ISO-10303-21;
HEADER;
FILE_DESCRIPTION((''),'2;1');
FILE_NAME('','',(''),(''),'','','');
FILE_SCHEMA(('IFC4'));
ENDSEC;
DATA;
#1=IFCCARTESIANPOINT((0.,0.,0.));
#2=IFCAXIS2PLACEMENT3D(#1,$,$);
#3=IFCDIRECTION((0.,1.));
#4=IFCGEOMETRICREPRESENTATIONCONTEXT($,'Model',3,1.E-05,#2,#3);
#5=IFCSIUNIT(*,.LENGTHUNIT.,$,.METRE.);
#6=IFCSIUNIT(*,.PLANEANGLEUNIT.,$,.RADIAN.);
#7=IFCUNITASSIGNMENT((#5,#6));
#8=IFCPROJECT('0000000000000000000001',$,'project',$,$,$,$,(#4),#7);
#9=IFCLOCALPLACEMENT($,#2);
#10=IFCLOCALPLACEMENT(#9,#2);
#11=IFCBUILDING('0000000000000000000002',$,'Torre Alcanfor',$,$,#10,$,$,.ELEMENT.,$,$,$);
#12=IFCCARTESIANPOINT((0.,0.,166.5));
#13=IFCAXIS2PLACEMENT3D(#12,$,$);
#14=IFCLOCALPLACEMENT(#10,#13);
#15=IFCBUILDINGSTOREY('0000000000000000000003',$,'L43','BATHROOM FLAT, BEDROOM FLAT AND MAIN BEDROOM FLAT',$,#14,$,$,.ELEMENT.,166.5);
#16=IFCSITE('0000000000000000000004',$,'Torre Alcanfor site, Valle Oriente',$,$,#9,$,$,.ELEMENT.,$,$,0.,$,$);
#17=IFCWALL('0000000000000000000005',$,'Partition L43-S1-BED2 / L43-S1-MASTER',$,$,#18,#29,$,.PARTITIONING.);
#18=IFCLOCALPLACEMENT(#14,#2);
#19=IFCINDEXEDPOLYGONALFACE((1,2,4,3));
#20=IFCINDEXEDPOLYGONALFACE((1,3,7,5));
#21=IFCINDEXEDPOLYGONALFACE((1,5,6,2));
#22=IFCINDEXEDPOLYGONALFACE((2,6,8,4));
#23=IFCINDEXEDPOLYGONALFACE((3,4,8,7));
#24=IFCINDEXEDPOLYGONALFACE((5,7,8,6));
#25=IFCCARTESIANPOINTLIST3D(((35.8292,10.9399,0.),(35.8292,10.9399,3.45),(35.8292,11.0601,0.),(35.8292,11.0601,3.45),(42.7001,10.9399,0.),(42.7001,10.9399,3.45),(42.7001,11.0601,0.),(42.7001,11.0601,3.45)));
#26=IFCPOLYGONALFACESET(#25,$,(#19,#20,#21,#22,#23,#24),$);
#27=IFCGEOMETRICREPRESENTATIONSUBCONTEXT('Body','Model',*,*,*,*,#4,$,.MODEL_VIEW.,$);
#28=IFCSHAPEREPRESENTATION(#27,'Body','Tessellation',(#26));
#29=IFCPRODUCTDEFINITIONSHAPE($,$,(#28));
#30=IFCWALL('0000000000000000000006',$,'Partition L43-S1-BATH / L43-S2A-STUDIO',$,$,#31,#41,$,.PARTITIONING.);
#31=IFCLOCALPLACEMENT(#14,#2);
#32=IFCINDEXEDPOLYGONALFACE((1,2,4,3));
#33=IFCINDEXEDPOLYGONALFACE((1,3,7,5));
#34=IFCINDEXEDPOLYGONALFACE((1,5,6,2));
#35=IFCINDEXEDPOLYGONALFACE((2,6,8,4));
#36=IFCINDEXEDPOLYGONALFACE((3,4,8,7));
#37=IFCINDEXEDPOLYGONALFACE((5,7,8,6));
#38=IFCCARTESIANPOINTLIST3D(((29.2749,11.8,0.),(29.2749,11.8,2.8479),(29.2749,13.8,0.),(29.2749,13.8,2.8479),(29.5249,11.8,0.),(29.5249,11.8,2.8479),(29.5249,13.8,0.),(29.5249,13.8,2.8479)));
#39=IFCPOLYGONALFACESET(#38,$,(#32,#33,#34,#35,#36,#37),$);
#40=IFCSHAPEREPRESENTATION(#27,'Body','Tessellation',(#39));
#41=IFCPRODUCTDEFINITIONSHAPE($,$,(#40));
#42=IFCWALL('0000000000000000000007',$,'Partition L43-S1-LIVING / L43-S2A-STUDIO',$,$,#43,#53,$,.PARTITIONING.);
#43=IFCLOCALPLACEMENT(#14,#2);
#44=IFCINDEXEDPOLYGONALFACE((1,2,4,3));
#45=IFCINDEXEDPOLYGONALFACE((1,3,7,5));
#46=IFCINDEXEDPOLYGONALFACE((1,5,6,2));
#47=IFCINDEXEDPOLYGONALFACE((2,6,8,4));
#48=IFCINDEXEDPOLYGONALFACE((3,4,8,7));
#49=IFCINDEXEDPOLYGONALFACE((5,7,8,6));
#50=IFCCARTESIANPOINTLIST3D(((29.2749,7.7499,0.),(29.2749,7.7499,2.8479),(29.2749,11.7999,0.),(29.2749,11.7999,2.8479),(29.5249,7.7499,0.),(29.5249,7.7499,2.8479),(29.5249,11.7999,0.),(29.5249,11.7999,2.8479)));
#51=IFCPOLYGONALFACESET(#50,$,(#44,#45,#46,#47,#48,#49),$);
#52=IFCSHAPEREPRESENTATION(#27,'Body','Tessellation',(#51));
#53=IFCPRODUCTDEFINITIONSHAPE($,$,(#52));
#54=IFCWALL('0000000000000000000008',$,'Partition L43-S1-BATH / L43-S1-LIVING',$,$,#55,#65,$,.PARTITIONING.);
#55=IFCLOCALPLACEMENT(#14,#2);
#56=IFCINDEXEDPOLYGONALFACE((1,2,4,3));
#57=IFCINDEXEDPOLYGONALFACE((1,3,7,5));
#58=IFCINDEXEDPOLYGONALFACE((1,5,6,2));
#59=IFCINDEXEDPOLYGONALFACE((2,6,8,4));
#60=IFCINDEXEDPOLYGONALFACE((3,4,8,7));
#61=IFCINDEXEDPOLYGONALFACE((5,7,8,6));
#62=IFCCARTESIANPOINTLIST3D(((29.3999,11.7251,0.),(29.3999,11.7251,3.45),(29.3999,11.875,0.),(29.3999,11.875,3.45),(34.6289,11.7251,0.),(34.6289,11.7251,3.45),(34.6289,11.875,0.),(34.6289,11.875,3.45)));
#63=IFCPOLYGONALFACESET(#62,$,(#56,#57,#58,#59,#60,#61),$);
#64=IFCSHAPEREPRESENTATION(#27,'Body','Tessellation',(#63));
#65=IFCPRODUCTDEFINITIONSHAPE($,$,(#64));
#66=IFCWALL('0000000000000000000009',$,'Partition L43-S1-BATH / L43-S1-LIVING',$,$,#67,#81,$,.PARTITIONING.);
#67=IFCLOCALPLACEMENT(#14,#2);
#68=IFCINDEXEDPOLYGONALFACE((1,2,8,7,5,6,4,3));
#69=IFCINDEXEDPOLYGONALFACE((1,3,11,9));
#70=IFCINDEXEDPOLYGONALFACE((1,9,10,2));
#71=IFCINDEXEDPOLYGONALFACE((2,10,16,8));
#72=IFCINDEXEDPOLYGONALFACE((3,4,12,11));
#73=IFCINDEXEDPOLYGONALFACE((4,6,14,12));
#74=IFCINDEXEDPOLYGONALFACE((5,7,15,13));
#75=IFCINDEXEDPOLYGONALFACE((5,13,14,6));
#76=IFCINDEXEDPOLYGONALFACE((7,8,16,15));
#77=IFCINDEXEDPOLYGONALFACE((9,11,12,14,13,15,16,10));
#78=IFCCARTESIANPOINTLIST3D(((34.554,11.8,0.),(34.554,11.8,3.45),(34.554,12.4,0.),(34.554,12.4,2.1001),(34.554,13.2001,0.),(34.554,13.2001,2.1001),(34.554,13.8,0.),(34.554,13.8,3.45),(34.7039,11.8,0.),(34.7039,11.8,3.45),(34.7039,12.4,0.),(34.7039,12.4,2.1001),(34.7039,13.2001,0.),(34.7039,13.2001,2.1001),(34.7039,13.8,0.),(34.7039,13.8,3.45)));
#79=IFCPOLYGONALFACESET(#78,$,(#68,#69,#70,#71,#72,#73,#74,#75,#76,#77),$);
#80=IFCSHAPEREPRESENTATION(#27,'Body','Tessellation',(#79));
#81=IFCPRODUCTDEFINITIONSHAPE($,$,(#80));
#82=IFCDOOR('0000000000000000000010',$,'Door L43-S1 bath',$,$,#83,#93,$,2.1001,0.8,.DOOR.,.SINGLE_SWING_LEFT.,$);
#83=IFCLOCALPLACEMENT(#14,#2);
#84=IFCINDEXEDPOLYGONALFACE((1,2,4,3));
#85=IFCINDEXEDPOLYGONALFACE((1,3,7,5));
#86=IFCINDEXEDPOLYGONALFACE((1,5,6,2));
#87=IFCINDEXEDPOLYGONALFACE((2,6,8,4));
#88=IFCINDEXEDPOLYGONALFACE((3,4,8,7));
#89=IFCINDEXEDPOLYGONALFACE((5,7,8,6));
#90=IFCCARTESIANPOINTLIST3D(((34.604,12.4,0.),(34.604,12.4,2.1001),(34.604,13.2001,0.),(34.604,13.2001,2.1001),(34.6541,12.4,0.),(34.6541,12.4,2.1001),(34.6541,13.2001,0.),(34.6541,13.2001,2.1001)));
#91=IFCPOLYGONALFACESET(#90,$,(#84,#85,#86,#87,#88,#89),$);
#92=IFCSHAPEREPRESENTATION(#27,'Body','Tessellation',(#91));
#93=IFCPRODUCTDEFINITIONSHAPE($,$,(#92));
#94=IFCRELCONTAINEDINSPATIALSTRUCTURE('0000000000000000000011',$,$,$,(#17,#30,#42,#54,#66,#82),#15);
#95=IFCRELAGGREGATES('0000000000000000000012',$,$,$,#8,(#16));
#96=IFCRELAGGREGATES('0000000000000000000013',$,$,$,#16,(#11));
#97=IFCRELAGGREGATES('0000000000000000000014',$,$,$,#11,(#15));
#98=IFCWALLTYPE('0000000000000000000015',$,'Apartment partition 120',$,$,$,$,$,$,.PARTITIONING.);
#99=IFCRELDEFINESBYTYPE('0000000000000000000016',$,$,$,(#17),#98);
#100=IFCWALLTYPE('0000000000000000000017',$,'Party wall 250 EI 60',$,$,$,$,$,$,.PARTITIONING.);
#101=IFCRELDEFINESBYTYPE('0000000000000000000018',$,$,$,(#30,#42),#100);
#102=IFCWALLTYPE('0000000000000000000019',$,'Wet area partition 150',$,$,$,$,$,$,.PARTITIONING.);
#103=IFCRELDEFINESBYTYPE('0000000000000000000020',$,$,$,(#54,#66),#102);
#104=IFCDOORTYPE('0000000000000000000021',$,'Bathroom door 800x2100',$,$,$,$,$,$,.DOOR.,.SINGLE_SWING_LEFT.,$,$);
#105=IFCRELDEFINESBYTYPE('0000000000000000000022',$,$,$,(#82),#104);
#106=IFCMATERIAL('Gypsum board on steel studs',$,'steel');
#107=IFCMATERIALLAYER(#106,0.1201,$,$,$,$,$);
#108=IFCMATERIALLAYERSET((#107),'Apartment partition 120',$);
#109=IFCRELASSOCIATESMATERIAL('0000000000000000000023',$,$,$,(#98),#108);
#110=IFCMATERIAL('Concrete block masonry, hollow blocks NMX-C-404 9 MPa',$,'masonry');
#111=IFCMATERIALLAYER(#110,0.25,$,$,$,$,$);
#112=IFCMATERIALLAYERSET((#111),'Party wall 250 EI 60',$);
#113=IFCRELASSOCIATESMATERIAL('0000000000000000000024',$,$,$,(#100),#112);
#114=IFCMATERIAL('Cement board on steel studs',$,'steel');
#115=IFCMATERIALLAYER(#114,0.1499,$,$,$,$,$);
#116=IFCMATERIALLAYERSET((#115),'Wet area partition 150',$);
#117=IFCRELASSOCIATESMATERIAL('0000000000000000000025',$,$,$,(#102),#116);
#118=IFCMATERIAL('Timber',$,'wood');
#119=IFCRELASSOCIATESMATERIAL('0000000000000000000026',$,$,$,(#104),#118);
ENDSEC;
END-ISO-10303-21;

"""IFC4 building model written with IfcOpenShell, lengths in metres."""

from ifc_helpers import new_model, si_unit, direction, frame, frame_2d, origin, place, context, subcontext, project, spatial, rectangle, extrude, material, layer, layer_set, type_object, element, fill, save


model = new_model("IFC4")

# Units and contexts
model_context = context("Model", 3, precision=1e-05, world=origin(), true_north=direction((0.0, 1.0)))
body_context = subcontext(model_context, "Body", "Model", "MODEL_VIEW")
ifc_project = project(units=[si_unit("LENGTHUNIT", "METRE"), si_unit("PLANEANGLEUNIT", "RADIAN")], contexts=[model_context])

# Site, building, storey
site_placement = place(None, origin())
site = spatial("IfcSite", under=ifc_project, at=site_placement, Name="Torre Alcanfor site, Valle Oriente", CompositionType="ELEMENT", RefElevation=0.0)
building_placement = place(site_placement, origin())
building = spatial("IfcBuilding", under=site, at=building_placement, Name="Torre Alcanfor", CompositionType="ELEMENT")
storey_placement = place(building_placement, frame((0.0, 0.0, 166.5)))
storey = spatial("IfcBuildingStorey", under=building, at=storey_placement, Name="L43", Description="BATHROOM FLAT, BEDROOM FLAT AND MAIN BEDROOM FLAT", CompositionType="ELEMENT", Elevation=166.5)

# Shared definitions
ifc_material_1 = material(Name="Gypsum board on steel studs", Category="steel")
ifc_layer_1 = layer(ifc_material_1, 0.1201)
ifc_layer_set_1 = layer_set([ifc_layer_1], Name="Apartment partition 120")
wall_type_1 = type_object("IfcWallType", Name="Apartment partition 120", PredefinedType="PARTITIONING", material=ifc_layer_set_1)

# Walls
wall_1_placement = place(storey_placement, frame((35.8291, 11.0, 0.0), z_axis=(0.0, 0.0, 1.0), x_axis=(1.0, 0.0, 0.0)))
element("IfcWall", 1, at=wall_1_placement, inside=storey, type_object=wall_type_1, Name="Partition L43-S1-BED2 / L43-S1-MASTER", PredefinedType="PARTITIONING", context=body_context, shape_type="SweptSolid", body=[
    extrude(rectangle(XDim=6.8708, YDim=0.1201, at=frame_2d((3.4355, 0.0))), origin(), (0.0, 0.0, 1.0), 3.45),
])
ifc_material_2 = material(Name="Concrete block masonry, hollow blocks NMX-C-404 9 MPa", Category="masonry")
ifc_layer_2 = layer(ifc_material_2, 0.25)
ifc_layer_set_2 = layer_set([ifc_layer_2], Name="Party wall 250 EI 60")
wall_type_2 = type_object("IfcWallType", Name="Party wall 250 EI 60", PredefinedType="PARTITIONING", material=ifc_layer_set_2)
wall_2_placement = place(storey_placement, frame((29.3999, 13.8, 0.0), z_axis=(0.0, 0.0, 1.0), x_axis=(0.0, -1.0, 0.0)))
element("IfcWall", 2, at=wall_2_placement, inside=storey, type_object=wall_type_2, Name="Partition L43-S1-BATH / L43-S2A-STUDIO", PredefinedType="PARTITIONING", context=body_context, shape_type="SweptSolid", body=[
    extrude(rectangle(XDim=2.0, YDim=0.25, at=frame_2d((1.0, 0.0))), origin(), (0.0, 0.0, 1.0), 2.8479),
])
wall_3_placement = place(storey_placement, frame((29.3999, 7.75, 0.0), z_axis=(0.0, 0.0, 1.0), x_axis=(0.0, 1.0, 0.0)))
element("IfcWall", 3, at=wall_3_placement, inside=storey, type_object=wall_type_2, Name="Partition L43-S1-LIVING / L43-S2A-STUDIO", PredefinedType="PARTITIONING", context=body_context, shape_type="SweptSolid", body=[
    extrude(rectangle(XDim=4.05, YDim=0.25, at=frame_2d((2.0249, 0.0))), origin(), (0.0, 0.0, 1.0), 2.8479),
])
ifc_material_3 = material(Name="Cement board on steel studs", Category="steel")
ifc_layer_3 = layer(ifc_material_3, 0.1499)
ifc_layer_set_3 = layer_set([ifc_layer_3], Name="Wet area partition 150")
wall_type_3 = type_object("IfcWallType", Name="Wet area partition 150", PredefinedType="PARTITIONING", material=ifc_layer_set_3)
wall_4_placement = place(storey_placement, frame((29.3999, 11.8, 0.0), z_axis=(0.0, 0.0, 1.0), x_axis=(1.0, 0.0, 0.0)))
element("IfcWall", 4, at=wall_4_placement, inside=storey, type_object=wall_type_3, Name="Partition L43-S1-BATH / L43-S1-LIVING", PredefinedType="PARTITIONING", context=body_context, shape_type="SweptSolid", body=[
    extrude(rectangle(XDim=5.229, YDim=0.1499, at=frame_2d((2.6145, 0.0))), origin(), (0.0, 0.0, 1.0), 3.45),
])

# Wall, opening, door
wall_5_placement = place(storey_placement, frame((34.6289, 11.8, 0.0), z_axis=(0.0, 0.0, 1.0), x_axis=(0.0, 1.0, 0.0)))
wall_5 = element("IfcWall", 5, at=wall_5_placement, inside=storey, type_object=wall_type_3, Name="Partition L43-S1-BATH / L43-S1-LIVING", PredefinedType="PARTITIONING", context=body_context, shape_type="SweptSolid", body=[
    extrude(rectangle(XDim=2.0, YDim=0.1499, at=frame_2d((1.0, 0.0))), origin(), (0.0, 0.0, 1.0), 3.45),
])
opening_1_placement = place(wall_5_placement, frame((0.6001, 0.0, 0.0)))
opening_1 = element("IfcOpeningElement", 6, at=opening_1_placement, cuts=wall_5, PredefinedType="OPENING", context=body_context, shape_type="SweptSolid", body=[
    extrude(rectangle(XDim=0.8, YDim=2.1001, at=frame_2d((0.3999, 1.05))), frame((0.0, 0.085, 0.0), z_axis=(0.0, -1.0, 0.0), x_axis=(1.0, 0.0, 0.0)), (0.0, 0.0, 1.0), 0.1699),
])
ifc_material_4 = material(Name="Timber", Category="wood")
door_type_1 = type_object("IfcDoorType", Name="Bathroom door 800x2100", OperationType="SINGLE_SWING_LEFT", PredefinedType="DOOR", material=ifc_material_4)
door_1_placement = place(opening_1_placement, origin())
door_1 = element("IfcDoor", 7, at=door_1_placement, inside=storey, type_object=door_type_1, Name="Door L43-S1 bath", OperationType="SINGLE_SWING_LEFT", OverallHeight=2.1001, OverallWidth=0.8, PredefinedType="DOOR", context=body_context, shape_type="SweptSolid", body=[
    extrude(rectangle(XDim=0.8, YDim=2.1001, at=frame_2d((0.3999, 1.05))), frame((0.0, 0.0249, 0.0), z_axis=(0.0, -1.0, 0.0), x_axis=(1.0, 0.0, 0.0)), (0.0, 0.0, 1.0), 0.05),
])
fill(opening_1, door_1)

save(model, "model.ifc")
